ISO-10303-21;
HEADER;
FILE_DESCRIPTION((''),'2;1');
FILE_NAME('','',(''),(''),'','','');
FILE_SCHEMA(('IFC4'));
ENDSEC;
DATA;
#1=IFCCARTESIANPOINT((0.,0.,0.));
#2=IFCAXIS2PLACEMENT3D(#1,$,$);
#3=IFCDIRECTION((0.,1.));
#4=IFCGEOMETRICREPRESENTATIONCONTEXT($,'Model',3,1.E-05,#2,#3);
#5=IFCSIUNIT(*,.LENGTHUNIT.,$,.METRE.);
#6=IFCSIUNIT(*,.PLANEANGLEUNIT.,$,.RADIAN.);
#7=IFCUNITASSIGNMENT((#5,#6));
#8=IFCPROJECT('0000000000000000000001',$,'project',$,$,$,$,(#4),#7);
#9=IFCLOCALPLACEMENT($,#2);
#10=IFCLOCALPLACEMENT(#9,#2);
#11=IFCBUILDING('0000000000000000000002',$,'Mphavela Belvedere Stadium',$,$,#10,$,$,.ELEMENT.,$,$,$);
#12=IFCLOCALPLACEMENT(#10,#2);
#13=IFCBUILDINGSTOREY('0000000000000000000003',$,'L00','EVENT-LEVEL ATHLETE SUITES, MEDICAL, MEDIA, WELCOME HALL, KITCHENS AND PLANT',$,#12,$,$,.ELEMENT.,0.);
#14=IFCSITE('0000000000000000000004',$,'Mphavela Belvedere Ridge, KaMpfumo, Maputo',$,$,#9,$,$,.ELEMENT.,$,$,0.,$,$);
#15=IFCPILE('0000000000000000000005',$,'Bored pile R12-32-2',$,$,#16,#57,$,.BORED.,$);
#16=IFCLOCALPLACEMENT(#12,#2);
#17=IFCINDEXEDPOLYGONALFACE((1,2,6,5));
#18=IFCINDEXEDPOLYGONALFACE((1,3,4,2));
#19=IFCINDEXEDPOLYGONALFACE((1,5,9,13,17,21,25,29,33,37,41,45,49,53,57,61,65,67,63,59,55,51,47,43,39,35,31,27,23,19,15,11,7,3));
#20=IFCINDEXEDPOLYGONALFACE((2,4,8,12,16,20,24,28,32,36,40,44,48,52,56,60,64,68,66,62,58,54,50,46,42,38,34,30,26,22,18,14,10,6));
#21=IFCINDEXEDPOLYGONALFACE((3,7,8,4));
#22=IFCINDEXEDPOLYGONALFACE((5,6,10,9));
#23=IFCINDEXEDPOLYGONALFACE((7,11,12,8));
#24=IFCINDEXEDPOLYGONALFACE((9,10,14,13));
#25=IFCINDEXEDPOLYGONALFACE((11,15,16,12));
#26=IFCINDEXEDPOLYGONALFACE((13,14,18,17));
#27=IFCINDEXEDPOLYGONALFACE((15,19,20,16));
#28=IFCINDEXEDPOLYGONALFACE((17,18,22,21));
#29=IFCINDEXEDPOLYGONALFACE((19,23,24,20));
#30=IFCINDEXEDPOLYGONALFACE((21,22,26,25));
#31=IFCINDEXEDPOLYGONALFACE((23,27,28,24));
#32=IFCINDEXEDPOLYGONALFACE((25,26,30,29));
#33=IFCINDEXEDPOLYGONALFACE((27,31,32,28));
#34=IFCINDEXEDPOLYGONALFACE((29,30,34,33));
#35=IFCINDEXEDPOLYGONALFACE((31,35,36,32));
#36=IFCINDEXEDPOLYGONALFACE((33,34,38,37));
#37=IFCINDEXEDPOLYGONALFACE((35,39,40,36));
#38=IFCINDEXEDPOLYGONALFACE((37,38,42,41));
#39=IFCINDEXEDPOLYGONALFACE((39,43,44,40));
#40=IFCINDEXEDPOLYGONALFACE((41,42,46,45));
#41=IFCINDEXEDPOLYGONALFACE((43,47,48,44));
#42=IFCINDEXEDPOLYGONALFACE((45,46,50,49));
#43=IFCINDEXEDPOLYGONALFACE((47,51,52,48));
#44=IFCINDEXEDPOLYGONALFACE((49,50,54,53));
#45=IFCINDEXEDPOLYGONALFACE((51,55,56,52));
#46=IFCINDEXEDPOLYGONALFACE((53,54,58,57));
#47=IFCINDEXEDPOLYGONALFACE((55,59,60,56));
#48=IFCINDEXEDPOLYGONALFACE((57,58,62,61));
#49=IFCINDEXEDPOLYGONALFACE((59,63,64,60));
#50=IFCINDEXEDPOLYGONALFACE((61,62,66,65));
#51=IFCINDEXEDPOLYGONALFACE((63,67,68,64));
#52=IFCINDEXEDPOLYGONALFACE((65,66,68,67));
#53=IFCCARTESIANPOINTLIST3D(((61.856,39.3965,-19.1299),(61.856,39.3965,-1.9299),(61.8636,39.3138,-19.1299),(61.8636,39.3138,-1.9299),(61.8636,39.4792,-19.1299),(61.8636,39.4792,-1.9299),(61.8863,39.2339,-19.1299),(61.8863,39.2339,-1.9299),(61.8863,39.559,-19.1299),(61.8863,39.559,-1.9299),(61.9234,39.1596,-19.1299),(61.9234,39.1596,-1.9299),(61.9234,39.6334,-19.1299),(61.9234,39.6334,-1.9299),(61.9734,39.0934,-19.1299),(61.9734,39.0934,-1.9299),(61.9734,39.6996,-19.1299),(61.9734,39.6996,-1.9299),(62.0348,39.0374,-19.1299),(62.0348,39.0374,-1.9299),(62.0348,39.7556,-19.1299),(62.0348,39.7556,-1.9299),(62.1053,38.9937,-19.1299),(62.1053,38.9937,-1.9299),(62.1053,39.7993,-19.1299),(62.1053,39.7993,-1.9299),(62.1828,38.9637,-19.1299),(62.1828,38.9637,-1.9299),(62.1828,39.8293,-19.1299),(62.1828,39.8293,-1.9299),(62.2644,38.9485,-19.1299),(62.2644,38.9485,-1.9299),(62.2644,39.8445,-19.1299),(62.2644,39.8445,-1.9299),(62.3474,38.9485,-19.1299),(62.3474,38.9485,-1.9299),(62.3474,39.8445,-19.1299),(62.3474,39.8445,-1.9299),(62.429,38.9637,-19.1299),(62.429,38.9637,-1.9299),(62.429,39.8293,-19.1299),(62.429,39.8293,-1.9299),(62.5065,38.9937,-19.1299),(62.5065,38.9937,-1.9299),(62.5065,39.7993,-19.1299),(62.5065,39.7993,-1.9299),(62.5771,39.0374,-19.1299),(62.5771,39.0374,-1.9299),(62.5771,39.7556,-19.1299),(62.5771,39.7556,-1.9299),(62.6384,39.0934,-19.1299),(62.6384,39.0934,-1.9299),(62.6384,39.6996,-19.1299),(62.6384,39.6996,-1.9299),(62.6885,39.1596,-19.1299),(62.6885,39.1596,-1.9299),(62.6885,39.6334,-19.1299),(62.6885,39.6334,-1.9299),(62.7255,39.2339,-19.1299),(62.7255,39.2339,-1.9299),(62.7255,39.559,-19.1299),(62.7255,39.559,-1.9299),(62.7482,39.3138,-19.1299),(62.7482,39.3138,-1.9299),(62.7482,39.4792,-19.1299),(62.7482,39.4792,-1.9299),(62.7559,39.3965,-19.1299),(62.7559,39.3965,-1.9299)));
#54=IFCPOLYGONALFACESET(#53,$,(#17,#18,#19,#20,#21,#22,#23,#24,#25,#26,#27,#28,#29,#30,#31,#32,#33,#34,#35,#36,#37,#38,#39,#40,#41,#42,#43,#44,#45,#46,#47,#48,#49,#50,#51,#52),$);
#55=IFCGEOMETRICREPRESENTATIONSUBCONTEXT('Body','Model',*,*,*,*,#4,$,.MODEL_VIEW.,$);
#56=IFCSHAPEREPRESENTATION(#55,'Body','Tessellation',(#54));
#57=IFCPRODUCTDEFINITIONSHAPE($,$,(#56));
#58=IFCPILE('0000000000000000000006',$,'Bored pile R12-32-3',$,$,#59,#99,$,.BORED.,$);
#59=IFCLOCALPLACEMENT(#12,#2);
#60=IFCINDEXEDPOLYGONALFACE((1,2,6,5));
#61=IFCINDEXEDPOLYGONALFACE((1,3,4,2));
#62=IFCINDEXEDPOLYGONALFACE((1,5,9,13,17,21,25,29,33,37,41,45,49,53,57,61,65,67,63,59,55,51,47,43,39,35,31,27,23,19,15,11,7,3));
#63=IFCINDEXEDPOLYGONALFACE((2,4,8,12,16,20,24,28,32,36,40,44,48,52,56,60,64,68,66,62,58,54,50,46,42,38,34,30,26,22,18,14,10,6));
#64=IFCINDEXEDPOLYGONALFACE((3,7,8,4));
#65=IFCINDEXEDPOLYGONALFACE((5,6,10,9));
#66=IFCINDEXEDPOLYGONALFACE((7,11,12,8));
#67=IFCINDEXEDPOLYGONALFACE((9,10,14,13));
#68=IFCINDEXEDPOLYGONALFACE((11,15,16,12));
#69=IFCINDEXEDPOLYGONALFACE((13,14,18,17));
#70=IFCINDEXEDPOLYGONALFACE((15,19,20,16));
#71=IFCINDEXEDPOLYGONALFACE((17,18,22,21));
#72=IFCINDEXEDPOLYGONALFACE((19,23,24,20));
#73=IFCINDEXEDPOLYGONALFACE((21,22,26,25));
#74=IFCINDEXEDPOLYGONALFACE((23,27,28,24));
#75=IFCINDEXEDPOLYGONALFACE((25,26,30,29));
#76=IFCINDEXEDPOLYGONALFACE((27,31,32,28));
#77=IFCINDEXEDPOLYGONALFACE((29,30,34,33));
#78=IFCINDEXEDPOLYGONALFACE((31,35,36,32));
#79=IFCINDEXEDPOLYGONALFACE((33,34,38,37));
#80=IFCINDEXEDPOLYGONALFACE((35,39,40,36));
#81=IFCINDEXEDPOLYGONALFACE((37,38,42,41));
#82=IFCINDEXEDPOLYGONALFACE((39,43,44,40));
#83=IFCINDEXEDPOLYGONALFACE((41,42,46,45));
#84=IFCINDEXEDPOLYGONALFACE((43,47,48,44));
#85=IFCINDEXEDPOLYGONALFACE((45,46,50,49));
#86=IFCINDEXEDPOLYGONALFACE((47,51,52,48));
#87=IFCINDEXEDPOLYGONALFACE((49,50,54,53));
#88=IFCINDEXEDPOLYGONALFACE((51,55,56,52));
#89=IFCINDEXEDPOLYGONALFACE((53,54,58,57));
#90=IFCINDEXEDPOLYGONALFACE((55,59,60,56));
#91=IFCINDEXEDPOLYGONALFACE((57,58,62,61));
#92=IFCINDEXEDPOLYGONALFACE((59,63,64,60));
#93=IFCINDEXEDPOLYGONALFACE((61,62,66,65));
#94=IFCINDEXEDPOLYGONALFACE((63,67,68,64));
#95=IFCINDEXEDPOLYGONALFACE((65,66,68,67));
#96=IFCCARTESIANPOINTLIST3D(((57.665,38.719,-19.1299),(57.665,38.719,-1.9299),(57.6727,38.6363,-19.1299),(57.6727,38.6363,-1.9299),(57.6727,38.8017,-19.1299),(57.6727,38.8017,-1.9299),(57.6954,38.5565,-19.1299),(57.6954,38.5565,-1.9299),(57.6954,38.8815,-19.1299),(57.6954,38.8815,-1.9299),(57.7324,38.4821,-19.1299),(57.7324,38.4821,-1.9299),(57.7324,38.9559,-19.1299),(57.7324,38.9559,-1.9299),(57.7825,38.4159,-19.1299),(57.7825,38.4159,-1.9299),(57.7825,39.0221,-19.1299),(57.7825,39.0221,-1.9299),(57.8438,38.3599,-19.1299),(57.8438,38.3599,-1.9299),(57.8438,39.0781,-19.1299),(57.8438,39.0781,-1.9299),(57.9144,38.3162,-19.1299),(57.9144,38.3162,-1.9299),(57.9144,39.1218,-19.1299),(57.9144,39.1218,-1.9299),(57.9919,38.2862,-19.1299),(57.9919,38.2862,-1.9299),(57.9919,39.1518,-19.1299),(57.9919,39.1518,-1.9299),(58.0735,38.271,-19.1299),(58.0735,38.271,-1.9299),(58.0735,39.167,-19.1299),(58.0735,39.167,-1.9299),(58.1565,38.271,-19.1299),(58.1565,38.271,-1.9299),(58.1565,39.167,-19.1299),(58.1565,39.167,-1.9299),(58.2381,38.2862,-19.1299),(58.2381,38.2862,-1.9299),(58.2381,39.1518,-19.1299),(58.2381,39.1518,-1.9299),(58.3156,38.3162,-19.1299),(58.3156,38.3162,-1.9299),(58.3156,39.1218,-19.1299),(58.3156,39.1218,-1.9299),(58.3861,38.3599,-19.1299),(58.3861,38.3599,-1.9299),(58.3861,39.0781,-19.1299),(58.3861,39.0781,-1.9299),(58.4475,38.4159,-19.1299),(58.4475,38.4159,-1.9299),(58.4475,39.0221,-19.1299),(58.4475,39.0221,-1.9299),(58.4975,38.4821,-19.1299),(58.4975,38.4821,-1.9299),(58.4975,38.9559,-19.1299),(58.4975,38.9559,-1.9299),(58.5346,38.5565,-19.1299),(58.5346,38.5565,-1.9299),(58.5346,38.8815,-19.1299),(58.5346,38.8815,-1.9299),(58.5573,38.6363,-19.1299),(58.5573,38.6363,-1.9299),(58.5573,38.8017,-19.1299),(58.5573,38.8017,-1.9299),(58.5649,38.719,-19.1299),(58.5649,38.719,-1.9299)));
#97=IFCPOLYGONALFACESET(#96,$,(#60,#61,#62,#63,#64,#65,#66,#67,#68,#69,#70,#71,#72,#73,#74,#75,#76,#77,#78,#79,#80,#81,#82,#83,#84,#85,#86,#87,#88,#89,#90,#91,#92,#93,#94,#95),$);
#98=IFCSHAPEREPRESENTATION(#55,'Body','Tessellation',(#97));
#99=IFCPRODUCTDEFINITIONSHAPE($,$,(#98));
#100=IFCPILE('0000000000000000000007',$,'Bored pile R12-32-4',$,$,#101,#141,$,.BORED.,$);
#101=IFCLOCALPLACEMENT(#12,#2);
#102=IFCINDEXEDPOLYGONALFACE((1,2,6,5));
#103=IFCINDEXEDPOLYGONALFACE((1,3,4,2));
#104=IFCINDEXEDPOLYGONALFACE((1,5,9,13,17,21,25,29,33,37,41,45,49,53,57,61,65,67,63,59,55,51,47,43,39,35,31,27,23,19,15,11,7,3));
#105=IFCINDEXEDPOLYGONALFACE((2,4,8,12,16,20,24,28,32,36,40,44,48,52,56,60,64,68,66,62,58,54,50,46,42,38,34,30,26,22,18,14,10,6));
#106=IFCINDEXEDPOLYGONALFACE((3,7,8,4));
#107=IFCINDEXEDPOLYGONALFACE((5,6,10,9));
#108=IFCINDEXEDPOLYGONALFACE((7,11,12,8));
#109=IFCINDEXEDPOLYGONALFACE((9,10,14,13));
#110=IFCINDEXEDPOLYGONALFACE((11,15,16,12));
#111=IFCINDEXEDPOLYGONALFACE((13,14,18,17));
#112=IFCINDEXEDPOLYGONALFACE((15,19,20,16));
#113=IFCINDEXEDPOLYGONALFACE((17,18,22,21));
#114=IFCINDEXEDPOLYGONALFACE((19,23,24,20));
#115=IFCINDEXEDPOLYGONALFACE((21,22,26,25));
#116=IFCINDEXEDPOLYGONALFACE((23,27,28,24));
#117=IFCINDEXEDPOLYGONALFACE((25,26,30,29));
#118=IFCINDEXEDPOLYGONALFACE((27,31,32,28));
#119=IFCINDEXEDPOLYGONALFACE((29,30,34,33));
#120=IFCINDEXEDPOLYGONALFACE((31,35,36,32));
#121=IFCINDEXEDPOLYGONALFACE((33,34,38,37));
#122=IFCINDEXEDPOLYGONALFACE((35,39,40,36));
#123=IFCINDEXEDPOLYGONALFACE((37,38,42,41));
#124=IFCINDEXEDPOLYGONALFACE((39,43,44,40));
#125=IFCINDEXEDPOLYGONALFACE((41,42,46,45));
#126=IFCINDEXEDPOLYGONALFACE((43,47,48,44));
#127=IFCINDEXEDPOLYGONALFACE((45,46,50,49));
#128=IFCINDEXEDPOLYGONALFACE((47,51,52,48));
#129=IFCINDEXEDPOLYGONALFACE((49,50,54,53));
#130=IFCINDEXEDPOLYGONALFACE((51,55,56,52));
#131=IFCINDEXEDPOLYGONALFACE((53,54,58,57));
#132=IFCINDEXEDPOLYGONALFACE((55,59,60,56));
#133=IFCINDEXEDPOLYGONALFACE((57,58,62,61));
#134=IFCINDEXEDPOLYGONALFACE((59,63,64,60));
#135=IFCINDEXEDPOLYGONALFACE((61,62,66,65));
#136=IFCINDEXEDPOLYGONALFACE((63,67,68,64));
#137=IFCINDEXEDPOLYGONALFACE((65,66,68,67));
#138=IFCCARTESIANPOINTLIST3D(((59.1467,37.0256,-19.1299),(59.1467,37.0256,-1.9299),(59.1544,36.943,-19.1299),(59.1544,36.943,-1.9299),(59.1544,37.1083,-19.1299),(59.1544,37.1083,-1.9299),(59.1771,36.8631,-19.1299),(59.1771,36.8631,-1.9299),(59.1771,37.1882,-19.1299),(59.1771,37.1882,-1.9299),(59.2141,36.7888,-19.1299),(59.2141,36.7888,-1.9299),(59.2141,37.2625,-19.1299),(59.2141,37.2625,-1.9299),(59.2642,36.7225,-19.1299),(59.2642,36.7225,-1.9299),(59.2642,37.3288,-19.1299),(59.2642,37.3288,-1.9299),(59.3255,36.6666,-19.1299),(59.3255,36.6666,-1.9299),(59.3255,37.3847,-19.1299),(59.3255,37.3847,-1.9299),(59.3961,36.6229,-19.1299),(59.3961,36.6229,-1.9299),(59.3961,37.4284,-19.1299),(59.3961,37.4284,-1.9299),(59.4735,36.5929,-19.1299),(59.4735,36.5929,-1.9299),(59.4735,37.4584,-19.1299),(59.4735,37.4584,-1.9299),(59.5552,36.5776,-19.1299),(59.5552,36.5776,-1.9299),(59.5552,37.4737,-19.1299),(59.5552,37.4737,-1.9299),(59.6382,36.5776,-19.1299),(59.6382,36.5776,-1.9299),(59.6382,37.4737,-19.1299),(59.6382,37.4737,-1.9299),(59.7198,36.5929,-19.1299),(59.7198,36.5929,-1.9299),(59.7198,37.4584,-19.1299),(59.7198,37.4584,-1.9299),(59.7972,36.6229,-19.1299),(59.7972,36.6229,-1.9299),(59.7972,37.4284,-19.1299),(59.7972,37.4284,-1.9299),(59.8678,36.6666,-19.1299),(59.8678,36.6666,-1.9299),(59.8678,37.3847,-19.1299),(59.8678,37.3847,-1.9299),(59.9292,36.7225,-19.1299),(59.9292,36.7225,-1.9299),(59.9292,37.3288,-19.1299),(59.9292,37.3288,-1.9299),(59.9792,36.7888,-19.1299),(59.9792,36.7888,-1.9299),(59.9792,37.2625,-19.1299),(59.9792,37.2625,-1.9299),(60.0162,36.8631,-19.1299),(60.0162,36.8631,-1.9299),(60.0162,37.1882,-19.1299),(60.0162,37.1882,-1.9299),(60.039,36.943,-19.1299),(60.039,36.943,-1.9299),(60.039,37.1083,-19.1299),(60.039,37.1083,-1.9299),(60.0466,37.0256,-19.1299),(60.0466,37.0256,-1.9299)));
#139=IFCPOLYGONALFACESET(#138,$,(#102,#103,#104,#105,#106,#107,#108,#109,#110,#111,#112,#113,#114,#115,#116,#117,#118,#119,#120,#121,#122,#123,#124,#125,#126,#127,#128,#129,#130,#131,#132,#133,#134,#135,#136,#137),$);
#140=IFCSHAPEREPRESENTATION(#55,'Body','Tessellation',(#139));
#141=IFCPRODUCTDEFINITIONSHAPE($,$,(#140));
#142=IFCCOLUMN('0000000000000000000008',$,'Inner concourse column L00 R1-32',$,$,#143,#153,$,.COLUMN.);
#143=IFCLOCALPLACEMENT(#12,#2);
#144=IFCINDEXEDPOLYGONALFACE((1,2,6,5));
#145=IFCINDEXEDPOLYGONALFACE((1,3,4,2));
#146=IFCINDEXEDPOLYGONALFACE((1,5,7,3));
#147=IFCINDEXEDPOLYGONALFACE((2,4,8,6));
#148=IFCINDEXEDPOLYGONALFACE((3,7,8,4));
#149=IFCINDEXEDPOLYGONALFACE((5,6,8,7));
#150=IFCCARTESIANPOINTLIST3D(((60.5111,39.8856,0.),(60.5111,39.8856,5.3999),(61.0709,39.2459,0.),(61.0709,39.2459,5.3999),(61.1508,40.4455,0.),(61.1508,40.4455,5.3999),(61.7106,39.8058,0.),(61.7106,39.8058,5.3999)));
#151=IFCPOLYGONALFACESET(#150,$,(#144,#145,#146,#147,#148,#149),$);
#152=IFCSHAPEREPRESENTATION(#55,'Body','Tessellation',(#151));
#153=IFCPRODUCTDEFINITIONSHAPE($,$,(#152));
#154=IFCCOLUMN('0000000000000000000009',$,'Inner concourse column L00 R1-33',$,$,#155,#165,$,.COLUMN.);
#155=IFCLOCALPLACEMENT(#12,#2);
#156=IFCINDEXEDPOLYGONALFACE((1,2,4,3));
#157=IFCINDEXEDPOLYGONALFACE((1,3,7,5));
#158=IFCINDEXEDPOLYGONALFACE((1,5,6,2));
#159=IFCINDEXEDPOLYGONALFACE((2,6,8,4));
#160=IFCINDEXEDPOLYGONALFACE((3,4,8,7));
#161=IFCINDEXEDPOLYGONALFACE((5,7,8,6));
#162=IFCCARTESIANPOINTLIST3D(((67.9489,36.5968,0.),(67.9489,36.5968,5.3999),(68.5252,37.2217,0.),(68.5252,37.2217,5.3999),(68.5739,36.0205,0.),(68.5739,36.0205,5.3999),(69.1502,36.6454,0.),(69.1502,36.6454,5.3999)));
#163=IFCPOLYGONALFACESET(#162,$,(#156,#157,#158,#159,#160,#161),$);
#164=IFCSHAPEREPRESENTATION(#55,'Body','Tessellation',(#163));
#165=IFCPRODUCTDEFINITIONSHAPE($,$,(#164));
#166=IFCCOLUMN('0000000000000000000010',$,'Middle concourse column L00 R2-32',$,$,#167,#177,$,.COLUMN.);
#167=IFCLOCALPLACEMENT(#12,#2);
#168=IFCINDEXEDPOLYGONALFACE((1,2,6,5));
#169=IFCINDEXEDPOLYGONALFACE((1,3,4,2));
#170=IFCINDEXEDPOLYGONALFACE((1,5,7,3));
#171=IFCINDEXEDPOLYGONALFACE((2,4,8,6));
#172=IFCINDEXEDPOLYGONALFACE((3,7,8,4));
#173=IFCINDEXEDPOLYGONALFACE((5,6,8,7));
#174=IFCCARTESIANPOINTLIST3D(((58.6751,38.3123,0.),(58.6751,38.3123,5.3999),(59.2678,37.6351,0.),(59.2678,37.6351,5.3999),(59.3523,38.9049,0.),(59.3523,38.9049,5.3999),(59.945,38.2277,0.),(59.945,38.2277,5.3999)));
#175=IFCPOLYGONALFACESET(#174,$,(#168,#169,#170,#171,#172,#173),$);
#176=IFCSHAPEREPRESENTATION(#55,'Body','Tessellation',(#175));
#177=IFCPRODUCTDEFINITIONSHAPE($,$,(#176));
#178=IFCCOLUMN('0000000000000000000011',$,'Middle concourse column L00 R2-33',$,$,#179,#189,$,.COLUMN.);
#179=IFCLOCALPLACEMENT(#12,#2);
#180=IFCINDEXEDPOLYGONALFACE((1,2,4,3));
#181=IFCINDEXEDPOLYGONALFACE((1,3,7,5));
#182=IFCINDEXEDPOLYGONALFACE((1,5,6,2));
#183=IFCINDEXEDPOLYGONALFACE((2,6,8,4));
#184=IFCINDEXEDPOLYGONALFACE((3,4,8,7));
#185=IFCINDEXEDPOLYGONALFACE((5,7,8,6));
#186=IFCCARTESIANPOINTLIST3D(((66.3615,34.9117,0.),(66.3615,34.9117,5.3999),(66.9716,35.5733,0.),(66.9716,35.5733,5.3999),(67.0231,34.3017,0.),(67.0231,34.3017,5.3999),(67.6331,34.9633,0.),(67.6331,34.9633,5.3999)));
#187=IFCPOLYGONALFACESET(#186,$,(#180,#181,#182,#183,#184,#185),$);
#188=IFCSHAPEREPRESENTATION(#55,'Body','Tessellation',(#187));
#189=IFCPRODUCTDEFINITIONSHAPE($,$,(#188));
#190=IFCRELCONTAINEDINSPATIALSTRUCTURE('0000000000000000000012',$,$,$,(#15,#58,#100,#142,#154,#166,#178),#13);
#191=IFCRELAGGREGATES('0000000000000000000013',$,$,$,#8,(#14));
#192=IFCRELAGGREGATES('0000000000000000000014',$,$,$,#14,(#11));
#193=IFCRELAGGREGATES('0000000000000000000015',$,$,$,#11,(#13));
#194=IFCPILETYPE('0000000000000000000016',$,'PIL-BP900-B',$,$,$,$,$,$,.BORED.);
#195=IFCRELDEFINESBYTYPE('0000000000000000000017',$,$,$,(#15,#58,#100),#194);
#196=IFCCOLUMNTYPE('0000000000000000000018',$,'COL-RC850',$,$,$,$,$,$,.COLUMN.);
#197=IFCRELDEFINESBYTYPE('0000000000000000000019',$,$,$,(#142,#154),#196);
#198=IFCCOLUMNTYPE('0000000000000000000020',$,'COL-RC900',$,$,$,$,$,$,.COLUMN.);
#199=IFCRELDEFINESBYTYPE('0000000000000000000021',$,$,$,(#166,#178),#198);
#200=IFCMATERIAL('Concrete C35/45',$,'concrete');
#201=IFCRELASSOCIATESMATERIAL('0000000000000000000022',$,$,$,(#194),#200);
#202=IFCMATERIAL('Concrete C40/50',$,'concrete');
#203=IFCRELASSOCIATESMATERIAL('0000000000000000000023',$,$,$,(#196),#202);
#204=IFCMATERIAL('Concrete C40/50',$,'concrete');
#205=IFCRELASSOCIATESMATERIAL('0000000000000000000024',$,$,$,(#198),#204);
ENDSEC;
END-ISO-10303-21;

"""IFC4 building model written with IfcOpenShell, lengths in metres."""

from ifc_helpers import new_model, si_unit, direction, frame, origin, origin_2d, place, context, subcontext, project, spatial, rectangle, circle, extrude, material, material_profile, profile_set, type_object, element, save


model = new_model("IFC4")

# Units and contexts
model_context = context("Model", 3, precision=1e-05, world=origin(), true_north=direction((0.0, 1.0)))
body_context = subcontext(model_context, "Body", "Model", "MODEL_VIEW")
ifc_project = project(units=[si_unit("LENGTHUNIT", "METRE"), si_unit("PLANEANGLEUNIT", "RADIAN")], contexts=[model_context])

# Site, building, storey
site_placement = place(None, origin())
site = spatial("IfcSite", under=ifc_project, at=site_placement, Name="Mphavela Belvedere Ridge, KaMpfumo, Maputo", CompositionType="ELEMENT", RefElevation=0.0)
building_placement = place(site_placement, origin())
building = spatial("IfcBuilding", under=site, at=building_placement, Name="Mphavela Belvedere Stadium", CompositionType="ELEMENT")
storey_placement = place(building_placement, origin())
storey = spatial("IfcBuildingStorey", under=building, at=storey_placement, Name="L00", Description="EVENT-LEVEL ATHLETE SUITES, MEDICAL, MEDIA, WELCOME HALL, KITCHENS AND PLANT", CompositionType="ELEMENT", Elevation=0.0)

# Piles
ifc_material_1 = material(Name="Concrete C35/45", Category="concrete")
ifc_material_profile_1 = material_profile(ifc_material_1, circle(Radius=0.45, at=origin_2d()), Name="BP D900")
ifc_profile_set_1 = profile_set([ifc_material_profile_1], Name="Concrete C35/45")
pile_type_1 = type_object("IfcPileType", Name="PIL-BP900-B", PredefinedType="BORED", material=ifc_profile_set_1)
for number, where, z_axis, x_axis, name in (
    (1, (62.3059, 39.3965, -1.9299), (0.0, 0.0, -1.0), (1.0, 0.0, 0.0), "Bored pile R12-32-2"),
    (2, (58.115, 38.719, -1.9299), (0.0, 0.0, -1.0), (1.0, 0.0, 0.0), "Bored pile R12-32-3"),
    (3, (59.5967, 37.0256, -1.9299), (0.0, 0.0, -1.0), (1.0, 0.0, 0.0), "Bored pile R12-32-4"),
):
    element("IfcPile", number, at=place(storey_placement, frame(where, z_axis=z_axis, x_axis=x_axis)), inside=storey, type_object=pile_type_1, Name=name, PredefinedType="BORED", context=body_context, shape_type="SweptSolid", body=[
        extrude(circle(Radius=0.45, at=origin_2d()), origin(), (0.0, 0.0, 1.0), 17.2),
    ])

# Columns
ifc_material_2 = material(Name="Concrete C40/50", Category="concrete")
ifc_material_profile_2 = material_profile(ifc_material_2, rectangle(XDim=0.8501, YDim=0.8501, at=origin_2d()), Name="RC 850x850")
ifc_profile_set_2 = profile_set([ifc_material_profile_2], Name="Concrete C40/50")
column_type_1 = type_object("IfcColumnType", Name="COL-RC850", PredefinedType="COLUMN", material=ifc_profile_set_2)
for number, where, z_axis, x_axis, name in (
    (4, (61.1108, 39.8457, 0.0), (0.0, 0.0, 1.0), (-0.75253, -0.658558, 0.0), "Inner concourse column L00 R1-32"),
    (5, (68.5496, 36.6211, 0.0), (0.0, 0.0, 1.0), (-0.677903, -0.735151, 0.0), "Inner concourse column L00 R1-33"),
):
    element("IfcColumn", number, at=place(storey_placement, frame(where, z_axis=z_axis, x_axis=x_axis)), inside=storey, type_object=column_type_1, Name=name, PredefinedType="COLUMN", context=body_context, shape_type="SweptSolid", body=[
        extrude(rectangle(XDim=0.8501, YDim=0.8501, at=origin_2d()), origin(), (0.0, 0.0, 1.0), 5.3999),
    ])
ifc_material_3 = material(Name="Concrete C40/50", Category="concrete")
ifc_material_profile_3 = material_profile(ifc_material_3, rectangle(XDim=0.8999, YDim=0.8999, at=origin_2d()), Name="RC 900x900")
ifc_profile_set_3 = profile_set([ifc_material_profile_3], Name="Concrete C40/50")
column_type_2 = type_object("IfcColumnType", Name="COL-RC900", PredefinedType="COLUMN", material=ifc_profile_set_3)
for number, where, z_axis, x_axis, name in (
    (6, (59.3101, 38.27, 0.0), (0.0, 0.0, 1.0), (-0.75253, -0.658558, 0.0), "Middle concourse column L00 R2-32"),
    (7, (66.9973, 34.9375, 0.0), (0.0, 0.0, 1.0), (-0.677903, -0.735151, 0.0), "Middle concourse column L00 R2-33"),
):
    element("IfcColumn", number, at=place(storey_placement, frame(where, z_axis=z_axis, x_axis=x_axis)), inside=storey, type_object=column_type_2, Name=name, PredefinedType="COLUMN", context=body_context, shape_type="SweptSolid", body=[
        extrude(rectangle(XDim=0.8999, YDim=0.8999, at=origin_2d()), origin(), (0.0, 0.0, 1.0), 5.3999),
    ])

save(model, "model.ifc")
